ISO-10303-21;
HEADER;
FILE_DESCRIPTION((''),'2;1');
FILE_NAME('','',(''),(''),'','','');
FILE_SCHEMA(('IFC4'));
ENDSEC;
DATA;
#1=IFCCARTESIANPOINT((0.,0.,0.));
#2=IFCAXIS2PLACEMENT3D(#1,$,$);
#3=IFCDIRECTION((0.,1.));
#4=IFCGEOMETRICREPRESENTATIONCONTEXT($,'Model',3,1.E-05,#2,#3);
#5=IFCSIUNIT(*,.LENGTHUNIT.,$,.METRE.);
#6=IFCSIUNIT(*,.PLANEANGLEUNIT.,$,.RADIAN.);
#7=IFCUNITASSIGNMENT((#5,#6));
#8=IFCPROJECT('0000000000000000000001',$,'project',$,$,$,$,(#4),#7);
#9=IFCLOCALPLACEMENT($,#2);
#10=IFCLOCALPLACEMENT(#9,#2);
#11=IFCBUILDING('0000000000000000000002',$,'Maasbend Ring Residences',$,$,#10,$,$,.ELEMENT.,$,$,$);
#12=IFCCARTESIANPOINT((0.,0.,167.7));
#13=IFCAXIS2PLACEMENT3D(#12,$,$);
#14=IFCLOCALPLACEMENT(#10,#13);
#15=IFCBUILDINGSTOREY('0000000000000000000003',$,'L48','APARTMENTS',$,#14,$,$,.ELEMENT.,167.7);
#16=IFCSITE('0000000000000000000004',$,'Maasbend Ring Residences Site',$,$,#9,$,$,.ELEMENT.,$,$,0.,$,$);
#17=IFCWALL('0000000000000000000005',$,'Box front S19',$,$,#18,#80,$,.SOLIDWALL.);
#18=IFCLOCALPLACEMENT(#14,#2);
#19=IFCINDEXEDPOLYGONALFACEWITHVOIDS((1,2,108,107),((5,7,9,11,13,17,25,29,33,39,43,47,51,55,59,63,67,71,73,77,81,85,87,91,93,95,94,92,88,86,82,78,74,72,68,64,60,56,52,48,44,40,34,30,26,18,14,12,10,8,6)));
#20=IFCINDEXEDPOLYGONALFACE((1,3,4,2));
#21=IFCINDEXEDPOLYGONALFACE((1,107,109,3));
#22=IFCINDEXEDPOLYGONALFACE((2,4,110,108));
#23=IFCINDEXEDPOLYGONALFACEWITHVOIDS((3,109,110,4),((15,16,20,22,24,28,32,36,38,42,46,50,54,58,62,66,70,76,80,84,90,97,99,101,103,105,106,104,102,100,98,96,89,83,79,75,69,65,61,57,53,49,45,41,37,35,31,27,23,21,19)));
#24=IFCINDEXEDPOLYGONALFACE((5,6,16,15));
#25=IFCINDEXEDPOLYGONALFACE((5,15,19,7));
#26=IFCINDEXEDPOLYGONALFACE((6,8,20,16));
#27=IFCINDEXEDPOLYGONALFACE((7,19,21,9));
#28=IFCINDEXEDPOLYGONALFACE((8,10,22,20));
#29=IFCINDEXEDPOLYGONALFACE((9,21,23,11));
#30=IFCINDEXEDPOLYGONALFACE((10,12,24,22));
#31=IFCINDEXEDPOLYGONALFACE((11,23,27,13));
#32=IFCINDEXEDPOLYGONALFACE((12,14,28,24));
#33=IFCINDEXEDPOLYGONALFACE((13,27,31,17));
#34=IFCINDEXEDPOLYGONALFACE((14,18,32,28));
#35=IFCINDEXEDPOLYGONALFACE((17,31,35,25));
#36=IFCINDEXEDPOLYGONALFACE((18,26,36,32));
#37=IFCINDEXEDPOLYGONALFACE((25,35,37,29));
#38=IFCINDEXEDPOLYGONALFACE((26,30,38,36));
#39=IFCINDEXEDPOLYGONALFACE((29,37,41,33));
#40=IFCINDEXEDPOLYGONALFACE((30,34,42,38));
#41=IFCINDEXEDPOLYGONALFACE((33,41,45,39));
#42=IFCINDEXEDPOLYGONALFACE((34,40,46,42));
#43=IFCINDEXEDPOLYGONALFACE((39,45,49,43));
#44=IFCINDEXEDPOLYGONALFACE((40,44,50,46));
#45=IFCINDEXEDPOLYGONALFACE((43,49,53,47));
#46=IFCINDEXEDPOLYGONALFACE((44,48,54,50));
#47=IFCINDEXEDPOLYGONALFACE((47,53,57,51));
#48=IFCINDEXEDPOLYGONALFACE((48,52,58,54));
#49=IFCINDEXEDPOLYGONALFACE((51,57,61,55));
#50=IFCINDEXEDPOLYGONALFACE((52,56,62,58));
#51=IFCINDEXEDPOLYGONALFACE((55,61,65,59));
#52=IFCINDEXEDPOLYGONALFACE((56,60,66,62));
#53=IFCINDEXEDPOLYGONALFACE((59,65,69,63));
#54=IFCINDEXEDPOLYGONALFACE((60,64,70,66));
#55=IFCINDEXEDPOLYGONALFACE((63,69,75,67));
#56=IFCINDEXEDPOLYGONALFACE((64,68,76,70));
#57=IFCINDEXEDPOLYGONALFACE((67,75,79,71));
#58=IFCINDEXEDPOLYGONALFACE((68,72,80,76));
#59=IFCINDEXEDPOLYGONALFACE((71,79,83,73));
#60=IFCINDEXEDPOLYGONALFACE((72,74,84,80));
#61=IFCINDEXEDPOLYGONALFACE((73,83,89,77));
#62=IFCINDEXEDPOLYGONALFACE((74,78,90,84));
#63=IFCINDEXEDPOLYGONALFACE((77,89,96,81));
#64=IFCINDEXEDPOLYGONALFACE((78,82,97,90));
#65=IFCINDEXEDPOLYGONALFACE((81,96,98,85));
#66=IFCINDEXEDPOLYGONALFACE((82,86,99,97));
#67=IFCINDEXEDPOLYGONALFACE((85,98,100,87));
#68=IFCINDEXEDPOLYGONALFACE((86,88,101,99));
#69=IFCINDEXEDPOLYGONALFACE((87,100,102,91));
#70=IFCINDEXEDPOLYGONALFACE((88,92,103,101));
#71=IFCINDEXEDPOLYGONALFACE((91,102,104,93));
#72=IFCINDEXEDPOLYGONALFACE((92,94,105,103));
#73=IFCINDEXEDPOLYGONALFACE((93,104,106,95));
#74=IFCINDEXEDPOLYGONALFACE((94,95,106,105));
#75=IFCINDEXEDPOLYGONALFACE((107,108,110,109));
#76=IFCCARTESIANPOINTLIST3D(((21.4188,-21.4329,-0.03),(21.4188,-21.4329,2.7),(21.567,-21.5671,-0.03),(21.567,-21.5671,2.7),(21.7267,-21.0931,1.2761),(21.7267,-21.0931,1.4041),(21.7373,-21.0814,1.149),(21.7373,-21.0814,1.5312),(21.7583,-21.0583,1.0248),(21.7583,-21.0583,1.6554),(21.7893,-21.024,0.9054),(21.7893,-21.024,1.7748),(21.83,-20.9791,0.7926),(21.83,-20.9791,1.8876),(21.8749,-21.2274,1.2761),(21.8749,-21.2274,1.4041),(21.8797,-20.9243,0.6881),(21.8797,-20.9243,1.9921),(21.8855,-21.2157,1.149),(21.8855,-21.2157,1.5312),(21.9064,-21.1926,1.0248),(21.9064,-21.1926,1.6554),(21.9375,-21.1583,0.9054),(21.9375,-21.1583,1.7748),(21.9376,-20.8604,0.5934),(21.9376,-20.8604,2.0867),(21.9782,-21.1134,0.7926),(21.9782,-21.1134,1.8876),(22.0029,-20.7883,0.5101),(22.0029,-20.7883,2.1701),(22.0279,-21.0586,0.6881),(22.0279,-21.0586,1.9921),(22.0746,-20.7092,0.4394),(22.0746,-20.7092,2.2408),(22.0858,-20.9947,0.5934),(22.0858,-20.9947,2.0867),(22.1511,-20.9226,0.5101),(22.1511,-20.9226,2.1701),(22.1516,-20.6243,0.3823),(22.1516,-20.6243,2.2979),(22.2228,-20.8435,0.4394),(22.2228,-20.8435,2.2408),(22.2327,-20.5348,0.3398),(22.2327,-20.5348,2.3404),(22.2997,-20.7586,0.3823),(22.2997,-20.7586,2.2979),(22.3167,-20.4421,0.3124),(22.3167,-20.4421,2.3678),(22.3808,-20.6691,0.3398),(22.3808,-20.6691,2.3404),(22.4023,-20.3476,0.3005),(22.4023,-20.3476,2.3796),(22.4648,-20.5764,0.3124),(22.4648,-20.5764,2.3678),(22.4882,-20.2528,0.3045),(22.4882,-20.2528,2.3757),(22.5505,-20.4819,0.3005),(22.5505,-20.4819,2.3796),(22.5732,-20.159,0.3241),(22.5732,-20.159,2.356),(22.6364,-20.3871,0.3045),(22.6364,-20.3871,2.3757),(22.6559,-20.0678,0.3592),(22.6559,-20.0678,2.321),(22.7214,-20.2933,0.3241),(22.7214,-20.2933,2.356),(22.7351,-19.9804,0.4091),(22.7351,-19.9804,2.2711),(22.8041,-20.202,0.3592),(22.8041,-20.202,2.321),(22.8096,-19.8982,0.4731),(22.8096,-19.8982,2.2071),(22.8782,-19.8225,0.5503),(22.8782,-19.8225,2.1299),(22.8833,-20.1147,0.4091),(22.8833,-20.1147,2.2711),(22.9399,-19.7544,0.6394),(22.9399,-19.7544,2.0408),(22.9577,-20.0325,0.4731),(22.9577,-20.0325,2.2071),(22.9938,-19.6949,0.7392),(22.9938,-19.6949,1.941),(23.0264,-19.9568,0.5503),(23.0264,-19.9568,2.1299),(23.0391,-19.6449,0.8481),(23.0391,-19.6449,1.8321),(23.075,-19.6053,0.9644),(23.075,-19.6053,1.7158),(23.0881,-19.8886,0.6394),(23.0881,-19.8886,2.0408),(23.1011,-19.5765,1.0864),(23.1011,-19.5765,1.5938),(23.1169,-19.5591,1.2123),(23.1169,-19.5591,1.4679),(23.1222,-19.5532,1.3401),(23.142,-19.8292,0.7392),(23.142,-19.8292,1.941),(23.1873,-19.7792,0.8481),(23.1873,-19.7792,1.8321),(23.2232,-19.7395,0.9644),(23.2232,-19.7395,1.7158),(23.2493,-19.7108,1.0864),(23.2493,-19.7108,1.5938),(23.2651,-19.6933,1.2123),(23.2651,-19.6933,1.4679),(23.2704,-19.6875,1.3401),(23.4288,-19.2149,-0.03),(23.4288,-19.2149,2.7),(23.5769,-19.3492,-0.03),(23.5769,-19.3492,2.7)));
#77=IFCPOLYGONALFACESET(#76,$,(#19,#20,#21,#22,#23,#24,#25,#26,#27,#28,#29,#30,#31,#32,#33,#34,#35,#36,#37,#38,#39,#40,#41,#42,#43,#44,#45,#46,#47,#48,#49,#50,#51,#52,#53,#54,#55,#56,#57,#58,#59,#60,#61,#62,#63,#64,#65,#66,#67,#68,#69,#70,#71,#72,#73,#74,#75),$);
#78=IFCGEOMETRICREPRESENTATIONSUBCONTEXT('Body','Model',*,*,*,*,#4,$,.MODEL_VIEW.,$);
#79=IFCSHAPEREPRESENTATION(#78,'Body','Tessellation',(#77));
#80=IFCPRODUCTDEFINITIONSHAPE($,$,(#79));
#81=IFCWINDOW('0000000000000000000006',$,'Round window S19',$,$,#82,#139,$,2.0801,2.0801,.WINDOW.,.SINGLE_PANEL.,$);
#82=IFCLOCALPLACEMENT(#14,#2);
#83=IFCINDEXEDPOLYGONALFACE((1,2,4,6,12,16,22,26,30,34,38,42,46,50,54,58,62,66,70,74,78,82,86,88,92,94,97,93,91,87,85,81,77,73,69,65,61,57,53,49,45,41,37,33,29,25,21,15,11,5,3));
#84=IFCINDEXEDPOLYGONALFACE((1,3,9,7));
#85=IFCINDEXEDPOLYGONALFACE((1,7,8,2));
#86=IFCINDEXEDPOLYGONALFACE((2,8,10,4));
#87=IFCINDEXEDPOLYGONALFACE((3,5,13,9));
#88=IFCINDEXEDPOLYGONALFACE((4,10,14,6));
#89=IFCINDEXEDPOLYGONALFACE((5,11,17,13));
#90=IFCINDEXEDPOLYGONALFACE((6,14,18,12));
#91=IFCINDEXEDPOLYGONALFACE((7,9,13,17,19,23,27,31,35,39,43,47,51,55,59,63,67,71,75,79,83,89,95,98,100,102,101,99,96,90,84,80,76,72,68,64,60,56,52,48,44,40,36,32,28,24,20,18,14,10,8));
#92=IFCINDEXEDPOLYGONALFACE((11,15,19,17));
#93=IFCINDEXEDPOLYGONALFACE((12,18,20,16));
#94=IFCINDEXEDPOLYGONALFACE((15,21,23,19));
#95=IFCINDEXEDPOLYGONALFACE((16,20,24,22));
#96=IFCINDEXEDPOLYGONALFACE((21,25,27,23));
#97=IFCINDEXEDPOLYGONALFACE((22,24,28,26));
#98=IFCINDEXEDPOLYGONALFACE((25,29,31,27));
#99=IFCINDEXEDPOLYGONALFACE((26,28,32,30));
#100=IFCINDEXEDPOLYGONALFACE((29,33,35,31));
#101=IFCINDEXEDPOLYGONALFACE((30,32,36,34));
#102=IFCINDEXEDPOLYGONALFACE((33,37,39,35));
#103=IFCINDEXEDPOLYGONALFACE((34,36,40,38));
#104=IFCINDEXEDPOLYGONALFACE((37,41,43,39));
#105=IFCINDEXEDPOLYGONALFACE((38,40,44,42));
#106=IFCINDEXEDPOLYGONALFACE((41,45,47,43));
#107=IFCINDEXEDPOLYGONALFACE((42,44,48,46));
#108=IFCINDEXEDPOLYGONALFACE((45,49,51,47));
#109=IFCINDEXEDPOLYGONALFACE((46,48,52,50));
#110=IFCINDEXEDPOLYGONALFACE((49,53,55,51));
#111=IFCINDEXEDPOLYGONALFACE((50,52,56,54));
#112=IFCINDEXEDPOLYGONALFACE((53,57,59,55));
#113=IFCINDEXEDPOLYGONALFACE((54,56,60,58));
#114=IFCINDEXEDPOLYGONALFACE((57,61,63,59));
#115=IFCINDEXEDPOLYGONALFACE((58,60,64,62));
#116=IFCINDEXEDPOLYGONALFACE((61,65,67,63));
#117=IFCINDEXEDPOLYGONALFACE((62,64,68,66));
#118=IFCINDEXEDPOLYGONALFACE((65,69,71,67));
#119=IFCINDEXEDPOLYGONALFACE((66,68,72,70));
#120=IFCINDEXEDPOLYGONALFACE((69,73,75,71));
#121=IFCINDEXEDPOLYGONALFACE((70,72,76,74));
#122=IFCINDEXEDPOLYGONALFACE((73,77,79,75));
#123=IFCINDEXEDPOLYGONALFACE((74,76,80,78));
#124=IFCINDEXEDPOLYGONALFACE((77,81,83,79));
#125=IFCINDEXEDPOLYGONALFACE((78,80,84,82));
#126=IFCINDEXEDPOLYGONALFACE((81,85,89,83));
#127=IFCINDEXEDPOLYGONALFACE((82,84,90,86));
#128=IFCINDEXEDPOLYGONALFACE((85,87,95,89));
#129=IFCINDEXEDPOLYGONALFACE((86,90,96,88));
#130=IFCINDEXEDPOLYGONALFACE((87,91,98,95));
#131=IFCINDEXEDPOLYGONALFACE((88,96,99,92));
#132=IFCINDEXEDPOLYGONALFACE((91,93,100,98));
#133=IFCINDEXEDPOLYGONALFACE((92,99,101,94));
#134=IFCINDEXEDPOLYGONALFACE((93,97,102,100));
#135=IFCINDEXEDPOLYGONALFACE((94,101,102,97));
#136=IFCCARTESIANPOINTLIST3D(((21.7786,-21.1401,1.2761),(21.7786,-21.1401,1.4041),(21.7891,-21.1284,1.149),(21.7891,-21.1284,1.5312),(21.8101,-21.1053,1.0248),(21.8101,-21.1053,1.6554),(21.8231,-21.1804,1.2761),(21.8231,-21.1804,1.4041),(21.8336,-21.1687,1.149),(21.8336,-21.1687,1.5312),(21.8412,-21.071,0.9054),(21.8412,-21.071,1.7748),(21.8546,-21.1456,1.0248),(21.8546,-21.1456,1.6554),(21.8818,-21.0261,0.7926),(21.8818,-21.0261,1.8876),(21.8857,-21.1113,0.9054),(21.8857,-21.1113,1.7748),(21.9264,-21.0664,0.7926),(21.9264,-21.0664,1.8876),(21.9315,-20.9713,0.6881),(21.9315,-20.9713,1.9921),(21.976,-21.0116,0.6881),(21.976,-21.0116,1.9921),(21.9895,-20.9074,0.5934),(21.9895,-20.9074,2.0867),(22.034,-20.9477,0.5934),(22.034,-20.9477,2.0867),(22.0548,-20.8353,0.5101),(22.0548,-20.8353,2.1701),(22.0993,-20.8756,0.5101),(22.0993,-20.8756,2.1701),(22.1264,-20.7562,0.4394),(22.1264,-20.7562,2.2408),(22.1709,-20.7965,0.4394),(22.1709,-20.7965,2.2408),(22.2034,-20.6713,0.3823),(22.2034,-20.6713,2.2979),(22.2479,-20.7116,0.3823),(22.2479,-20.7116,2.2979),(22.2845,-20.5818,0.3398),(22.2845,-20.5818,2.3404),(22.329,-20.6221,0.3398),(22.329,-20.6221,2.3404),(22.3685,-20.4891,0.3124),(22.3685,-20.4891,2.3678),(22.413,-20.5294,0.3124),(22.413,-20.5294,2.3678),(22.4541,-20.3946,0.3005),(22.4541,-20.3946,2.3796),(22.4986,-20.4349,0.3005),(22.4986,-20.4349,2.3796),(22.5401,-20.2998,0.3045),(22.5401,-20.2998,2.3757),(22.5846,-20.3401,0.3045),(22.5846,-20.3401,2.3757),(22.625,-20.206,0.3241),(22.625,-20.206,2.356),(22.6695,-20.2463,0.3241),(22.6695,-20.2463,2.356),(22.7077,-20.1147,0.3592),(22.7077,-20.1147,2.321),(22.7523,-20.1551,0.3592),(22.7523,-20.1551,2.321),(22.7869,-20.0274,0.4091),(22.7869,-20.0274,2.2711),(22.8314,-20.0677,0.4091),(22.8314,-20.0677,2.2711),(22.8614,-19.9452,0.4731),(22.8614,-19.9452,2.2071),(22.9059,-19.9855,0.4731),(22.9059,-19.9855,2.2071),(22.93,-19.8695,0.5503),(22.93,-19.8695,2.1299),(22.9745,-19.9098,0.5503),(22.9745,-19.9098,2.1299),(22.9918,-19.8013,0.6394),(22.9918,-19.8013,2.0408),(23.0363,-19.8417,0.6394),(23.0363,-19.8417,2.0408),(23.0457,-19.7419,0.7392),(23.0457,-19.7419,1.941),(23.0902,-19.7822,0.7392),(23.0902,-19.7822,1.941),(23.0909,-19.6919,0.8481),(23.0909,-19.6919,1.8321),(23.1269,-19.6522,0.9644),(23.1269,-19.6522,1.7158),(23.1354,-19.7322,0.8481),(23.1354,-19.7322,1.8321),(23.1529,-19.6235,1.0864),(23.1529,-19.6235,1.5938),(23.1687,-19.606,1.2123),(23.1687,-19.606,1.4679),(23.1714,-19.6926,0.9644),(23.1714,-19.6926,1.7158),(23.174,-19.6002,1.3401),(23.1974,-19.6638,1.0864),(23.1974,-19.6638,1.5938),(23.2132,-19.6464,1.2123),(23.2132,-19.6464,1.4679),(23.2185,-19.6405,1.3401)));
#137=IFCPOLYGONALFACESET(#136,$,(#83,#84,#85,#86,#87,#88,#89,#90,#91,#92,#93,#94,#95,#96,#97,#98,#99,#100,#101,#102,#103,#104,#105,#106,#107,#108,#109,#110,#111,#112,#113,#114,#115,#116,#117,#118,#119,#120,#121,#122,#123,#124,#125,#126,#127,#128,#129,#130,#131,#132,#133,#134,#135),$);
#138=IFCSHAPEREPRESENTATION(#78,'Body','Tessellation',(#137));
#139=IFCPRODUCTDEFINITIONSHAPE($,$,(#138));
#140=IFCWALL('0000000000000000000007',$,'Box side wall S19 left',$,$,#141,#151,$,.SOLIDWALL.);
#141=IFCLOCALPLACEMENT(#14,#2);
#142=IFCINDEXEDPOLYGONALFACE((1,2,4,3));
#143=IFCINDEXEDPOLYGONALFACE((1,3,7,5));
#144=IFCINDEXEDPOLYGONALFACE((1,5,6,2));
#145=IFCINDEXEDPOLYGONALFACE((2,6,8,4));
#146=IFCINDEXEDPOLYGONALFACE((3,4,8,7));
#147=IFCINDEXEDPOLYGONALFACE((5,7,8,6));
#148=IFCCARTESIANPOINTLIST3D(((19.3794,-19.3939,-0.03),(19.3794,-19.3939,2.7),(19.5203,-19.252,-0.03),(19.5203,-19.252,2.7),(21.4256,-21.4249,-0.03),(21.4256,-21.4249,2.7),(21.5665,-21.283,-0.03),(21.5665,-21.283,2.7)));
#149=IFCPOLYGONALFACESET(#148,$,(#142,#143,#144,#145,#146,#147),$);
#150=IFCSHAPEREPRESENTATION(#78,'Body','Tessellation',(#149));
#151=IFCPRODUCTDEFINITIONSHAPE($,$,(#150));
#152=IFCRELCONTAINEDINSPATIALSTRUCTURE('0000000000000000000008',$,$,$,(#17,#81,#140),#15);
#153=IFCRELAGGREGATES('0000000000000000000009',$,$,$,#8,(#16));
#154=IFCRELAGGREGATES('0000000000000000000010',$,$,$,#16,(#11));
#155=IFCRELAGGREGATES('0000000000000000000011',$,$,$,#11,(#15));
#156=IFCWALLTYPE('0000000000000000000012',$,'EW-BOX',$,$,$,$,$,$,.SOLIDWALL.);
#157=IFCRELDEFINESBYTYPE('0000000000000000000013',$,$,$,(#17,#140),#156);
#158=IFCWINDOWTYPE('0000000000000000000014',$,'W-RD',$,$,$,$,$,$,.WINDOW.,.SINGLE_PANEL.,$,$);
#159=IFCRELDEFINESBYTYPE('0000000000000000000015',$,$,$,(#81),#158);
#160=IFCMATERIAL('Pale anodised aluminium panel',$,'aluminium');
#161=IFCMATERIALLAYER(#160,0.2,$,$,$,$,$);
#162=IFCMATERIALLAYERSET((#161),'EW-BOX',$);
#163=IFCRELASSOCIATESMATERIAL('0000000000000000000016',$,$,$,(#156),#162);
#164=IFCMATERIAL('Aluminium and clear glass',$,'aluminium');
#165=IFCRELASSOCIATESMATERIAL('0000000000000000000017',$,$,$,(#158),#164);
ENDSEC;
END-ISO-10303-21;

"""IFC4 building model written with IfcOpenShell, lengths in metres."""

from ifc_helpers import new_model, si_unit, direction, frame, frame_2d, origin, place, context, subcontext, project, spatial, rectangle, circle, extrude, material, layer, layer_set, type_object, element, fill, save


model = new_model("IFC4")

# Units and contexts
model_context = context("Model", 3, precision=1e-05, world=origin(), true_north=direction((0.0, 1.0)))
body_context = subcontext(model_context, "Body", "Model", "MODEL_VIEW")
ifc_project = project(units=[si_unit("LENGTHUNIT", "METRE"), si_unit("PLANEANGLEUNIT", "RADIAN")], contexts=[model_context])

# Site, building, storey
site_placement = place(None, origin())
site = spatial("IfcSite", under=ifc_project, at=site_placement, Name="Maasbend Ring Residences Site", CompositionType="ELEMENT", RefElevation=0.0)
building_placement = place(site_placement, origin())
building = spatial("IfcBuilding", under=site, at=building_placement, Name="Maasbend Ring Residences", CompositionType="ELEMENT")
storey_placement = place(building_placement, frame((0.0, 0.0, 167.7)))
storey = spatial("IfcBuildingStorey", under=building, at=storey_placement, Name="L48", Description="APARTMENTS", CompositionType="ELEMENT", Elevation=167.7)

# Shared definitions
ifc_material_1 = material(Name="Pale anodised aluminium panel", Category="aluminium")
ifc_layer_1 = layer(ifc_material_1, 0.2)
ifc_layer_set_1 = layer_set([ifc_layer_1], Name="EW-BOX")
wall_type_1 = type_object("IfcWallType", Name="EW-BOX", PredefinedType="SOLIDWALL", material=ifc_layer_set_1)
ifc_material_2 = material(Name="Aluminium and clear glass", Category="aluminium")
window_type_1 = type_object("IfcWindowType", Name="W-RD", PartitioningType="SINGLE_PANEL", PredefinedType="WINDOW", material=ifc_material_2)

# Wall, opening, window
wall_1_placement = place(storey_placement, frame((21.4929, -21.5, -0.03), z_axis=(0.0, 0.0, 1.0), x_axis=(0.671507, 0.740998, 0.0)))
wall_1 = element("IfcWall", 1, at=wall_1_placement, inside=storey, type_object=wall_type_1, Name="Box front S19", PredefinedType="SOLIDWALL", context=body_context, shape_type="SweptSolid", body=[
    extrude(rectangle(XDim=2.9932, YDim=0.2, at=frame_2d((1.4966, 0.0))), origin(), (0.0, 0.0, 1.0), 2.73),
])
opening_1_placement = place(wall_1_placement, frame((0.4565, 0.0, 0.3301)))
opening_1 = element("IfcOpeningElement", 2, at=opening_1_placement, cuts=wall_1, PredefinedType="OPENING", context=body_context, shape_type="SweptSolid", body=[
    extrude(circle(Radius=1.04, at=frame_2d((1.04, 1.04))), frame((0.0, 0.1099, 0.0), z_axis=(0.0, -1.0, 0.0), x_axis=(1.0, 0.0, 0.0)), (0.0, 0.0, 1.0), 0.22),
])
window_1_placement = place(opening_1_placement, origin())
window_1 = element("IfcWindow", 3, at=window_1_placement, inside=storey, type_object=window_type_1, Name="Round window S19", OverallHeight=2.0801, OverallWidth=2.0801, PartitioningType="SINGLE_PANEL", PredefinedType="WINDOW", context=body_context, shape_type="SweptSolid", body=[
    extrude(circle(Radius=1.04, at=frame_2d((1.04, 1.04))), frame((0.0, 0.03, 0.0), z_axis=(0.0, -1.0, 0.0), x_axis=(1.0, 0.0, 0.0)), (0.0, 0.0, 1.0), 0.0601),
])
fill(opening_1, window_1)

# Wall
wall_2_placement = place(storey_placement, frame((19.45, -19.323, -0.03), z_axis=(0.0, 0.0, 1.0), x_axis=(0.709727, -0.704477, 0.0)))
element("IfcWall", 4, at=wall_2_placement, inside=storey, type_object=wall_type_1, Name="Box side wall S19 left", PredefinedType="SOLIDWALL", context=body_context, shape_type="SweptSolid", body=[
    extrude(rectangle(XDim=2.8831, YDim=0.2, at=frame_2d((1.4414, 0.0))), origin(), (0.0, 0.0, 1.0), 2.73),
])

save(model, "model.ifc")
